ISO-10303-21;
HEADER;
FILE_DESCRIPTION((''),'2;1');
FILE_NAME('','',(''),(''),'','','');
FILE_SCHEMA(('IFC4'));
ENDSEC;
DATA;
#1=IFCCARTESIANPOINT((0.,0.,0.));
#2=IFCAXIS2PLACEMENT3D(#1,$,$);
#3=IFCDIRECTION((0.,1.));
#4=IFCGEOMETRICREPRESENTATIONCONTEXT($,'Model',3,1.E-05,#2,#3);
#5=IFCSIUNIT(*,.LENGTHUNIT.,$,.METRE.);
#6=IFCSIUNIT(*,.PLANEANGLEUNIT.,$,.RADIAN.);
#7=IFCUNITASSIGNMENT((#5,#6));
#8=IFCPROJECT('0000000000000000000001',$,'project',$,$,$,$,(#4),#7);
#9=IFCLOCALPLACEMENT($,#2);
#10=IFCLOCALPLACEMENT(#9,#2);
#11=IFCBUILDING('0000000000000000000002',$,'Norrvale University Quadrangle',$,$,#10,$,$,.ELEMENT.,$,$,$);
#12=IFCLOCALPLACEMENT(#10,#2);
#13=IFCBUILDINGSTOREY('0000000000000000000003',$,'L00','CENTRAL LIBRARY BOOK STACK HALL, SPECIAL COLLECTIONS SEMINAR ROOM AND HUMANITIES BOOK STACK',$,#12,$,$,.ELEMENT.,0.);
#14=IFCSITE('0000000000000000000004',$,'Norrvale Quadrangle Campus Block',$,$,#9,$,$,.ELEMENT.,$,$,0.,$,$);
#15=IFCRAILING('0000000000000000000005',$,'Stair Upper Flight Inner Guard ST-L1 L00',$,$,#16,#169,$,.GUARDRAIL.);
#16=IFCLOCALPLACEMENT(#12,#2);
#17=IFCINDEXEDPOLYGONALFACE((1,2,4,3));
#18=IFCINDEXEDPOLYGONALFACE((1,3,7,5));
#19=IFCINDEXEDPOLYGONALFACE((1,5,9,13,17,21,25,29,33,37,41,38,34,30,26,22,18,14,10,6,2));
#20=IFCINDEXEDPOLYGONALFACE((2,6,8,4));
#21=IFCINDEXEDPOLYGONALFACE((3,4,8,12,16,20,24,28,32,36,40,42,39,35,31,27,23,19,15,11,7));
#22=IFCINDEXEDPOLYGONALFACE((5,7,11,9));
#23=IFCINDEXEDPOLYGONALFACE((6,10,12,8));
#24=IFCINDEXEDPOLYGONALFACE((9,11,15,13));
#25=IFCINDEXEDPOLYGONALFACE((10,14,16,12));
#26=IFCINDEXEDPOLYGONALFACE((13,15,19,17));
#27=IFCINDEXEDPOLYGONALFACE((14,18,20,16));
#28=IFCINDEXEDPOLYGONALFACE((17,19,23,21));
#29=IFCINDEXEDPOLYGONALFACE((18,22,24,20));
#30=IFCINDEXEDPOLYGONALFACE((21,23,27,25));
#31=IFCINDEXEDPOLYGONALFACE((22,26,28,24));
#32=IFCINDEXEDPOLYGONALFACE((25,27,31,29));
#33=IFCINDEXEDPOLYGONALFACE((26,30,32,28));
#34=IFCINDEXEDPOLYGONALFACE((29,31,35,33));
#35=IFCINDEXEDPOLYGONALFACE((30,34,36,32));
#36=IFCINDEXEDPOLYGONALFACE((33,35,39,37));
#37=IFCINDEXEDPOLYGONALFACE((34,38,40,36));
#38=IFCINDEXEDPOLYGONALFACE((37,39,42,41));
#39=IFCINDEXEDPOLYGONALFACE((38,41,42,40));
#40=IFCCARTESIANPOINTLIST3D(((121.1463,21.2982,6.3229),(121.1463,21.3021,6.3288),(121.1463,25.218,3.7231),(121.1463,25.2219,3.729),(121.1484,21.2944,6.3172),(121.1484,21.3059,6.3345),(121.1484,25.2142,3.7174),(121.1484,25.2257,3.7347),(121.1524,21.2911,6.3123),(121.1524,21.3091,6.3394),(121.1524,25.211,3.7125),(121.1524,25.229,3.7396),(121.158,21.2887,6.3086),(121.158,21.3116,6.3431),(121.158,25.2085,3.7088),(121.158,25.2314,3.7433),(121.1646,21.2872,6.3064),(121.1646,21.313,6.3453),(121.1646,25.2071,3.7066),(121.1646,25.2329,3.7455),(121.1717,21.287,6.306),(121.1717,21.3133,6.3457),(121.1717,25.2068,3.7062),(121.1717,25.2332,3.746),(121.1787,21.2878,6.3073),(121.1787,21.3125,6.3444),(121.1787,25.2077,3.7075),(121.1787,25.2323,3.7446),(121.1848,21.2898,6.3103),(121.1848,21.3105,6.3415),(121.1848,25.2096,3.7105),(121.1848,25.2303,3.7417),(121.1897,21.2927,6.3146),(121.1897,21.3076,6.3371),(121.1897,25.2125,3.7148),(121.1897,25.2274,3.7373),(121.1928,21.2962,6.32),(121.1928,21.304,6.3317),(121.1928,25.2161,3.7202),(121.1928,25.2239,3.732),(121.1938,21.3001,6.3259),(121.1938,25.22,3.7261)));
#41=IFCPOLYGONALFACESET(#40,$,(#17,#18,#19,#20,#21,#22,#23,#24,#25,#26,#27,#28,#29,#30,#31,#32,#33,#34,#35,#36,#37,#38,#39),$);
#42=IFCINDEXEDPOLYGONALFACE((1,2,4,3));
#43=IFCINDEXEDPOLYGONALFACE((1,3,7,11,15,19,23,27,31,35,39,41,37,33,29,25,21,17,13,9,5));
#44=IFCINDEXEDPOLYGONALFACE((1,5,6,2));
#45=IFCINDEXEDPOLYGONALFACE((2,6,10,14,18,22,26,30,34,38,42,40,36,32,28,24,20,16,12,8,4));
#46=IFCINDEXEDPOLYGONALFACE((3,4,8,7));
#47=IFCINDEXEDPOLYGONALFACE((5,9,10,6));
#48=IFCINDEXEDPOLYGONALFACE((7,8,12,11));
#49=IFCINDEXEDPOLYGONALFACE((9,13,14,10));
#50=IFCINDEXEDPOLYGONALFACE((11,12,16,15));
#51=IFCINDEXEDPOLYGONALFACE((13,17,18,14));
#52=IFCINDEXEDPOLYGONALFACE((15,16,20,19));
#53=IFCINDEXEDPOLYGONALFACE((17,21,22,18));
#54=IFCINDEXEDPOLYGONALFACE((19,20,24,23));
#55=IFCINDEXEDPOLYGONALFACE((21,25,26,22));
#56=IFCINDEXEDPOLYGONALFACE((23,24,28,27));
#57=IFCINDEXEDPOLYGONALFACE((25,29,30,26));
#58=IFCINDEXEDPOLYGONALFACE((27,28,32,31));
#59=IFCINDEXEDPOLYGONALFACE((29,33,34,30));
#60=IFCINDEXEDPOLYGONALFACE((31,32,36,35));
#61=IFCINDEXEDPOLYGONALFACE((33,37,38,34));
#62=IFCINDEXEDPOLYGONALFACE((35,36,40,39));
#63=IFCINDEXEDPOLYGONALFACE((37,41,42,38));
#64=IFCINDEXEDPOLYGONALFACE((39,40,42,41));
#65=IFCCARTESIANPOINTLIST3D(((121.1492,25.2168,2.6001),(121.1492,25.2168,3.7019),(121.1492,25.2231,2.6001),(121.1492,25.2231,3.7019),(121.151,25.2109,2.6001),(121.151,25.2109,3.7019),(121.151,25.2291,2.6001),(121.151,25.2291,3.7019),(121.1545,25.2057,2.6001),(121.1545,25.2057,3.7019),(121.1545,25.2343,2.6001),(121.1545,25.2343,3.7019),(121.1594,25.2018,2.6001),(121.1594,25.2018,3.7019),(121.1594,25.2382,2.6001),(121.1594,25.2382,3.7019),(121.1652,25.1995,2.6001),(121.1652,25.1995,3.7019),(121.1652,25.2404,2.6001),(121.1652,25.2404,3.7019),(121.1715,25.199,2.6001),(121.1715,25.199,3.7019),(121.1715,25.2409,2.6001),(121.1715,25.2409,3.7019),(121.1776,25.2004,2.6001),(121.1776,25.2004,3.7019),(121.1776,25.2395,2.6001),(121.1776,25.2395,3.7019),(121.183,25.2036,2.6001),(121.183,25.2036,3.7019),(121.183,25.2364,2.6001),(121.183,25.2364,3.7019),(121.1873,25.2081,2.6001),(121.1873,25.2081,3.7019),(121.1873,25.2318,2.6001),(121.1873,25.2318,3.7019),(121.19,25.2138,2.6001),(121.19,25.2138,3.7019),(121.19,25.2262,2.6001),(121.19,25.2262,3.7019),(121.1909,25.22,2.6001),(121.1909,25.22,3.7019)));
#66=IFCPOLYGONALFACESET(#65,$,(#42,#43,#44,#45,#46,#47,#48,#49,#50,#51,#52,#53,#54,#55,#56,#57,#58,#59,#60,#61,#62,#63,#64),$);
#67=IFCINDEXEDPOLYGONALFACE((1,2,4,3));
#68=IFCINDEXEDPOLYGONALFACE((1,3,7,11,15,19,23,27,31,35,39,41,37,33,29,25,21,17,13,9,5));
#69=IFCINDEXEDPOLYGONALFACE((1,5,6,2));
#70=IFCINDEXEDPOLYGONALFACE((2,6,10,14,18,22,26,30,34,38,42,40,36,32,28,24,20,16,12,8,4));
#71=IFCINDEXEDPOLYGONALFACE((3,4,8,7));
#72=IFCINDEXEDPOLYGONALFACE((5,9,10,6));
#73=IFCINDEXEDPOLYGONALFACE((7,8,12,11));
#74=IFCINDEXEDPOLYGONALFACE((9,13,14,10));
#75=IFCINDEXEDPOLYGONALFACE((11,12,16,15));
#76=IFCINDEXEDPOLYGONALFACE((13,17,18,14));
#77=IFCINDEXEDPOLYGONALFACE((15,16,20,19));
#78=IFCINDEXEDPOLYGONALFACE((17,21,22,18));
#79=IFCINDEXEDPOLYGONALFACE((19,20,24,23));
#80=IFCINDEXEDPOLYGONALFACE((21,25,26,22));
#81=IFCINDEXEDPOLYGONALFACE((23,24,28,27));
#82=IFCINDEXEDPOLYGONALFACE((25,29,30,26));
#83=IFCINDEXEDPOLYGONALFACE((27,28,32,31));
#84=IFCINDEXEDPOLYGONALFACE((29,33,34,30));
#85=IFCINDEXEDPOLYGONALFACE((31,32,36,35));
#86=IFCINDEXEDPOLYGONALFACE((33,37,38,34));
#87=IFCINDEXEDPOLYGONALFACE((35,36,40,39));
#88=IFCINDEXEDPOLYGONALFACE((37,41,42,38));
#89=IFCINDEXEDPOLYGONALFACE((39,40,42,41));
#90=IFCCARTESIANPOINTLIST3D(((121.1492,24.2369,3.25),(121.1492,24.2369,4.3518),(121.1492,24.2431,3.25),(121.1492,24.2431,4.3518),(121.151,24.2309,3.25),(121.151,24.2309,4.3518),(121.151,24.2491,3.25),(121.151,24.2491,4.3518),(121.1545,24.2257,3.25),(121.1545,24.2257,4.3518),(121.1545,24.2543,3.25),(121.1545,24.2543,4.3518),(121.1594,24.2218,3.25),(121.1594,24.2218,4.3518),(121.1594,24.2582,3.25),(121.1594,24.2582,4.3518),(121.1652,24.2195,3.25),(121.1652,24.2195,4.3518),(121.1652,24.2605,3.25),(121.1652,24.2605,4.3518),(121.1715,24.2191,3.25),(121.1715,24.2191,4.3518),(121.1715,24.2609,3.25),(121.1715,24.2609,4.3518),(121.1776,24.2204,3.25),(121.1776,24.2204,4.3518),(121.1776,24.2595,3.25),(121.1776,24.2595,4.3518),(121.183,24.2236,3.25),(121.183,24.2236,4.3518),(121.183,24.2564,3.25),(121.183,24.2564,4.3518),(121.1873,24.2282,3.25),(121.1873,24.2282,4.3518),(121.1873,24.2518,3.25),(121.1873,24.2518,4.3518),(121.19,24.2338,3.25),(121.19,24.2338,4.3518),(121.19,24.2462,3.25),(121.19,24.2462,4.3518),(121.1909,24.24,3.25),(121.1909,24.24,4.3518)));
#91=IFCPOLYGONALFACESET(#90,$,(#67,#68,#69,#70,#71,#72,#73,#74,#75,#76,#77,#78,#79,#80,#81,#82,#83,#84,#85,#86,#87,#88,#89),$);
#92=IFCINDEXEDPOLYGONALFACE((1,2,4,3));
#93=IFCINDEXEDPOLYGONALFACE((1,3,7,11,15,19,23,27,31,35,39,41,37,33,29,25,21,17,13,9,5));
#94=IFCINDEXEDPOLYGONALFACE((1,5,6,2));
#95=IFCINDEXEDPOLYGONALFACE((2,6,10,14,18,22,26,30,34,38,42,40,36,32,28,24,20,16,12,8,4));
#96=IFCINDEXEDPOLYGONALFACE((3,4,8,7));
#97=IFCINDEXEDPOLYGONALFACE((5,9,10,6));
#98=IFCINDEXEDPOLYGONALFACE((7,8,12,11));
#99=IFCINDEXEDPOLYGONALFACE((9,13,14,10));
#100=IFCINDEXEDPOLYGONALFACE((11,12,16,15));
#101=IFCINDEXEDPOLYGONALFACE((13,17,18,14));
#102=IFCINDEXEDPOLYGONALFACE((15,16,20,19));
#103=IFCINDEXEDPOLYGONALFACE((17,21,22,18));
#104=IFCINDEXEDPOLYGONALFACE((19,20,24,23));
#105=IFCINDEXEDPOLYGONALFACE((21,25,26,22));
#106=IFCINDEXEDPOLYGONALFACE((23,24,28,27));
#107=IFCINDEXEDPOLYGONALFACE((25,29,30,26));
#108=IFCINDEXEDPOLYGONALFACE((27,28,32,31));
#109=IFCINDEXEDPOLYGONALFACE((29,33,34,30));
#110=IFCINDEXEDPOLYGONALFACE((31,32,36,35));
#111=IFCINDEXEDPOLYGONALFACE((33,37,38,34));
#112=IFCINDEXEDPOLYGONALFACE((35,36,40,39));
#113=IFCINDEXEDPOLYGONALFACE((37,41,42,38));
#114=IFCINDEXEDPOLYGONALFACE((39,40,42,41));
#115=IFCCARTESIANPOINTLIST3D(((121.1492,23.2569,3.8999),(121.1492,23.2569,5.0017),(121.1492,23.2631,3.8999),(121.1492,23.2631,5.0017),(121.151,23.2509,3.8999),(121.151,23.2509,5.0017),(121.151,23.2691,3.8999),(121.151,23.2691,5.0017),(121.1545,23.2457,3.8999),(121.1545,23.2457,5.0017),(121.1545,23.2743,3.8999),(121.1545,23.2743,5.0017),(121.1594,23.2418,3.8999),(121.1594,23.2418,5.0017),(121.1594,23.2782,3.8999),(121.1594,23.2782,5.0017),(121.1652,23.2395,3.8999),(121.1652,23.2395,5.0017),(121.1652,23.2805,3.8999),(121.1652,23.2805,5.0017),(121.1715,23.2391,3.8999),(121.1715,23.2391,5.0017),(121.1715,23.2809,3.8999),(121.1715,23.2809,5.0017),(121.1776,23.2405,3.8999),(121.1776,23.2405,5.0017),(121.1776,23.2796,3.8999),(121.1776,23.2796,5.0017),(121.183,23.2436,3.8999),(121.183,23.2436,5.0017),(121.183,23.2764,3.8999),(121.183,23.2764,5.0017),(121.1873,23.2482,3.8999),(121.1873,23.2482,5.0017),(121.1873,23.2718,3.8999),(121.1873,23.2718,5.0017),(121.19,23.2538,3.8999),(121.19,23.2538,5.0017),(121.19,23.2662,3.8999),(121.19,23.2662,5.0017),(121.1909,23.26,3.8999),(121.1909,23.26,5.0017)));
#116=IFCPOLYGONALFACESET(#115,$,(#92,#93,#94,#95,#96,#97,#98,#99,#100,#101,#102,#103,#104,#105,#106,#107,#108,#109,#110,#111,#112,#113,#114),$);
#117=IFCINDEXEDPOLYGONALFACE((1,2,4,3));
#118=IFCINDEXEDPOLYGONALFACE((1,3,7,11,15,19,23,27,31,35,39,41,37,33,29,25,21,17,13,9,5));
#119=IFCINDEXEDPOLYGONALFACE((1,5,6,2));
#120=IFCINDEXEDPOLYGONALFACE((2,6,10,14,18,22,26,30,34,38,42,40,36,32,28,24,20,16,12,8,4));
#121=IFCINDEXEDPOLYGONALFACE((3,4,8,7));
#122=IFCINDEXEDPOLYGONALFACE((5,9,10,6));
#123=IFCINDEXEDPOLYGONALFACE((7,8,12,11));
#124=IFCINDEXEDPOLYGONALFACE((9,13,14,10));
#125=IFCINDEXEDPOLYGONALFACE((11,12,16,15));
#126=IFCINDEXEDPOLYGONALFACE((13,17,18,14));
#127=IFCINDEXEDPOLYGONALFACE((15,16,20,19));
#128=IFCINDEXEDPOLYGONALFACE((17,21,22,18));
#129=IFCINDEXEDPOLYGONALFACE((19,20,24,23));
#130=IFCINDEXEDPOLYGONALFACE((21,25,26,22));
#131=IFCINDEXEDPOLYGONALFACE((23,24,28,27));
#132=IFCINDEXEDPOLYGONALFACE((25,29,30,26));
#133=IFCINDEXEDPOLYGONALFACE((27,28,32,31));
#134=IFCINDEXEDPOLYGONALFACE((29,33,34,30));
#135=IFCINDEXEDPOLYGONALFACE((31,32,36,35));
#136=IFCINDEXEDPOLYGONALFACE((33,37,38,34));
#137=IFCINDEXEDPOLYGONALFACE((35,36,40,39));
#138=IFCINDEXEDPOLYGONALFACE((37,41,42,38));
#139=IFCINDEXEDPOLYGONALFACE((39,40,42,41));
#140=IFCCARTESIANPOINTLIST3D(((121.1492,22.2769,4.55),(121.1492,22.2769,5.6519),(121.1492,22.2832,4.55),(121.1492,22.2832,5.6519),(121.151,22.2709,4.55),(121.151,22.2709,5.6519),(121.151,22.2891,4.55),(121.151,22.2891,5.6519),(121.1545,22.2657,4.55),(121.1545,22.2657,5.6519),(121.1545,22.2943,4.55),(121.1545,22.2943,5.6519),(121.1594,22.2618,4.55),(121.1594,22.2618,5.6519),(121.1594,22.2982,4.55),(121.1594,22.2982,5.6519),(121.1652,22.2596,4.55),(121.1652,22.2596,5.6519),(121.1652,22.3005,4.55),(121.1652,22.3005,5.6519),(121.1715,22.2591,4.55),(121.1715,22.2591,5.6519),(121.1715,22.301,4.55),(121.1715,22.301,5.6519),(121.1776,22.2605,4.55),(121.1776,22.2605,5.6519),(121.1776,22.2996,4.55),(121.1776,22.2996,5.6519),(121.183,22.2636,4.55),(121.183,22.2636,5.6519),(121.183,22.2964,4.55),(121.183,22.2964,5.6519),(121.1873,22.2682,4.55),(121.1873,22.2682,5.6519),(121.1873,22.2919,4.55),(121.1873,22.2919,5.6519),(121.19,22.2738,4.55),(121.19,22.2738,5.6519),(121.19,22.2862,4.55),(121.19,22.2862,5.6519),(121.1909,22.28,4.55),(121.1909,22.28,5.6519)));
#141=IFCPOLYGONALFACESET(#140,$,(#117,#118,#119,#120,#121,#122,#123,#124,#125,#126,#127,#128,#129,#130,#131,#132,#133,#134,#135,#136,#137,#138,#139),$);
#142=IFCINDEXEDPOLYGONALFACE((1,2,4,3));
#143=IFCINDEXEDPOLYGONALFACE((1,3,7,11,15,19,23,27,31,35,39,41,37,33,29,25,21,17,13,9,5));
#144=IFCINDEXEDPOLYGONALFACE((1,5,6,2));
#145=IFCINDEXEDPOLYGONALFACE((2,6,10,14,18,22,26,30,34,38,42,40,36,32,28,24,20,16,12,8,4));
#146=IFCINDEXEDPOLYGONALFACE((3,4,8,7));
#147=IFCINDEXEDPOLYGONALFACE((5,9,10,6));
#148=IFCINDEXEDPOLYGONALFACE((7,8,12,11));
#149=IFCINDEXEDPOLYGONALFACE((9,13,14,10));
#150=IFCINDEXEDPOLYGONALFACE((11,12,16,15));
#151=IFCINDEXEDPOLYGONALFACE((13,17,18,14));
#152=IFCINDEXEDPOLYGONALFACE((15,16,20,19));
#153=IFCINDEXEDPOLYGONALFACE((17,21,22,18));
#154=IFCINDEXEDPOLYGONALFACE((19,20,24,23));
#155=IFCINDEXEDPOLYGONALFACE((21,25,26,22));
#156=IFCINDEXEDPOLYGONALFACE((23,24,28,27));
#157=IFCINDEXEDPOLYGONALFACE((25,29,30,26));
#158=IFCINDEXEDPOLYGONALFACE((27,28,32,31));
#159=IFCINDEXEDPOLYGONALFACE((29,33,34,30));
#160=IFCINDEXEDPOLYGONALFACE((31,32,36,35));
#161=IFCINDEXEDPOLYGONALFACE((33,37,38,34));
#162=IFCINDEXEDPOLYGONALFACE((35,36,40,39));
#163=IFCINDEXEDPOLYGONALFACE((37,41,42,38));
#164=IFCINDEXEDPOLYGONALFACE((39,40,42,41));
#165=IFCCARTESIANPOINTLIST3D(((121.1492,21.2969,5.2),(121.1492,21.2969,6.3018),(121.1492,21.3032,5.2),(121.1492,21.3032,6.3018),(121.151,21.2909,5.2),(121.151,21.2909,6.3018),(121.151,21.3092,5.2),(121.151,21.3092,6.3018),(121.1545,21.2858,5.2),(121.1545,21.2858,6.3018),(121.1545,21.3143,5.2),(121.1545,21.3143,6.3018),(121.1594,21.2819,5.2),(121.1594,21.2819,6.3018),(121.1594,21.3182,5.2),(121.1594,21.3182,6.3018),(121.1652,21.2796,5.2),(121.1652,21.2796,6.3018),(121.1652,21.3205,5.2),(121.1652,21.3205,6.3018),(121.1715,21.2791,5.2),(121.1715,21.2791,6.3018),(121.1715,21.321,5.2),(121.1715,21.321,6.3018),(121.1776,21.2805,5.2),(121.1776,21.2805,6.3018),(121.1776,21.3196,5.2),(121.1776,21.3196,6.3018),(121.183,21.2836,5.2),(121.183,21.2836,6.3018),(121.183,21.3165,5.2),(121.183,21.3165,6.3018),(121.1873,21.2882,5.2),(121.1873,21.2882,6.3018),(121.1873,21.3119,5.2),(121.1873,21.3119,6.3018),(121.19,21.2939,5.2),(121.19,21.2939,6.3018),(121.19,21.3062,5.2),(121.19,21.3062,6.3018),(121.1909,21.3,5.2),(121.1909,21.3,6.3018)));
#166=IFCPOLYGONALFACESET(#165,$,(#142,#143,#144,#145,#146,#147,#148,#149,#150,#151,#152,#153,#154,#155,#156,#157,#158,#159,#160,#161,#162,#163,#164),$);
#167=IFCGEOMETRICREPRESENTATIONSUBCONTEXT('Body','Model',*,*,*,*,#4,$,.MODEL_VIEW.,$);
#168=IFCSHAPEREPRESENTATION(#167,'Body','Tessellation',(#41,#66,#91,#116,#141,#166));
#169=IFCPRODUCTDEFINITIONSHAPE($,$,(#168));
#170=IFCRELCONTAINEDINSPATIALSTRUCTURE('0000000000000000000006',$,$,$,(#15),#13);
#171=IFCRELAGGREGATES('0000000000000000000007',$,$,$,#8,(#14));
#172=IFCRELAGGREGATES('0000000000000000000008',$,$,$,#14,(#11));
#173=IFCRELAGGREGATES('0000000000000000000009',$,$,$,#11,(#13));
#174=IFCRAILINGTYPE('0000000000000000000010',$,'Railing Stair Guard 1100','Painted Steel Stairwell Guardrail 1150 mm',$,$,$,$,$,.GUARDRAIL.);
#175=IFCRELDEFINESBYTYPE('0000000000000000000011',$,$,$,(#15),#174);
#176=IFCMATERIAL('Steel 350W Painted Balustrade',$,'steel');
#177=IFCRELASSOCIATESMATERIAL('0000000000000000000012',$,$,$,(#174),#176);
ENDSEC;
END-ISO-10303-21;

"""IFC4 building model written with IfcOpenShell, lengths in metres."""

from ifc_helpers import new_model, si_unit, direction, frame, origin, origin_2d, place, context, subcontext, project, spatial, circle, extrude, material, type_object, element, save


model = new_model("IFC4")

# Units and contexts
model_context = context("Model", 3, precision=1e-05, world=origin(), true_north=direction((0.0, 1.0)))
body_context = subcontext(model_context, "Body", "Model", "MODEL_VIEW")
ifc_project = project(units=[si_unit("LENGTHUNIT", "METRE"), si_unit("PLANEANGLEUNIT", "RADIAN")], contexts=[model_context])

# Site, building, storey
site_placement = place(None, origin())
site = spatial("IfcSite", under=ifc_project, at=site_placement, Name="Norrvale Quadrangle Campus Block", CompositionType="ELEMENT", RefElevation=0.0)
building_placement = place(site_placement, origin())
building = spatial("IfcBuilding", under=site, at=building_placement, Name="Norrvale University Quadrangle", CompositionType="ELEMENT")
storey_placement = place(building_placement, origin())
storey = spatial("IfcBuildingStorey", under=building, at=storey_placement, Name="L00", Description="CENTRAL LIBRARY BOOK STACK HALL, SPECIAL COLLECTIONS SEMINAR ROOM AND HUMANITIES BOOK STACK", CompositionType="ELEMENT", Elevation=0.0)

# Railing
ifc_material_1 = material(Name="Steel 350W Painted Balustrade", Category="steel")
railing_type_1 = type_object("IfcRailingType", Name="Railing Stair Guard 1100", Description="Painted Steel Stairwell Guardrail 1150 mm", PredefinedType="GUARDRAIL", material=ifc_material_1)
railing_1_placement = place(storey_placement, frame((121.1699, 25.22, 2.6001)))
element("IfcRailing", 1, at=railing_1_placement, inside=storey, type_object=railing_type_1, Name="Stair Upper Flight Inner Guard ST-L1 L00", PredefinedType="GUARDRAIL", context=body_context, shape_type="SweptSolid", body=[
    extrude(circle(Radius=0.0239, at=origin_2d()), frame((0.0, 0.0, 1.126), z_axis=(0.0, -0.833366, 0.552722), x_axis=(1.0, 0.0, 0.0)), (0.0, 0.0, 1.0), 4.7036),
    extrude(circle(Radius=0.021, at=origin_2d()), origin(), (0.0, 0.0, 1.0), 1.1018),
    extrude(circle(Radius=0.021, at=origin_2d()), frame((0.0, -0.98, 0.6499)), (0.0, 0.0, 1.0), 1.1018),
    extrude(circle(Radius=0.021, at=origin_2d()), frame((0.0, -1.96, 1.2998)), (0.0, 0.0, 1.0), 1.1018),
    extrude(circle(Radius=0.021, at=origin_2d()), frame((0.0, -2.9399, 1.95)), (0.0, 0.0, 1.0), 1.1018),
    extrude(circle(Radius=0.021, at=origin_2d()), frame((0.0, -3.9199, 2.5999)), (0.0, 0.0, 1.0), 1.1018),
])

save(model, "model.ifc")
